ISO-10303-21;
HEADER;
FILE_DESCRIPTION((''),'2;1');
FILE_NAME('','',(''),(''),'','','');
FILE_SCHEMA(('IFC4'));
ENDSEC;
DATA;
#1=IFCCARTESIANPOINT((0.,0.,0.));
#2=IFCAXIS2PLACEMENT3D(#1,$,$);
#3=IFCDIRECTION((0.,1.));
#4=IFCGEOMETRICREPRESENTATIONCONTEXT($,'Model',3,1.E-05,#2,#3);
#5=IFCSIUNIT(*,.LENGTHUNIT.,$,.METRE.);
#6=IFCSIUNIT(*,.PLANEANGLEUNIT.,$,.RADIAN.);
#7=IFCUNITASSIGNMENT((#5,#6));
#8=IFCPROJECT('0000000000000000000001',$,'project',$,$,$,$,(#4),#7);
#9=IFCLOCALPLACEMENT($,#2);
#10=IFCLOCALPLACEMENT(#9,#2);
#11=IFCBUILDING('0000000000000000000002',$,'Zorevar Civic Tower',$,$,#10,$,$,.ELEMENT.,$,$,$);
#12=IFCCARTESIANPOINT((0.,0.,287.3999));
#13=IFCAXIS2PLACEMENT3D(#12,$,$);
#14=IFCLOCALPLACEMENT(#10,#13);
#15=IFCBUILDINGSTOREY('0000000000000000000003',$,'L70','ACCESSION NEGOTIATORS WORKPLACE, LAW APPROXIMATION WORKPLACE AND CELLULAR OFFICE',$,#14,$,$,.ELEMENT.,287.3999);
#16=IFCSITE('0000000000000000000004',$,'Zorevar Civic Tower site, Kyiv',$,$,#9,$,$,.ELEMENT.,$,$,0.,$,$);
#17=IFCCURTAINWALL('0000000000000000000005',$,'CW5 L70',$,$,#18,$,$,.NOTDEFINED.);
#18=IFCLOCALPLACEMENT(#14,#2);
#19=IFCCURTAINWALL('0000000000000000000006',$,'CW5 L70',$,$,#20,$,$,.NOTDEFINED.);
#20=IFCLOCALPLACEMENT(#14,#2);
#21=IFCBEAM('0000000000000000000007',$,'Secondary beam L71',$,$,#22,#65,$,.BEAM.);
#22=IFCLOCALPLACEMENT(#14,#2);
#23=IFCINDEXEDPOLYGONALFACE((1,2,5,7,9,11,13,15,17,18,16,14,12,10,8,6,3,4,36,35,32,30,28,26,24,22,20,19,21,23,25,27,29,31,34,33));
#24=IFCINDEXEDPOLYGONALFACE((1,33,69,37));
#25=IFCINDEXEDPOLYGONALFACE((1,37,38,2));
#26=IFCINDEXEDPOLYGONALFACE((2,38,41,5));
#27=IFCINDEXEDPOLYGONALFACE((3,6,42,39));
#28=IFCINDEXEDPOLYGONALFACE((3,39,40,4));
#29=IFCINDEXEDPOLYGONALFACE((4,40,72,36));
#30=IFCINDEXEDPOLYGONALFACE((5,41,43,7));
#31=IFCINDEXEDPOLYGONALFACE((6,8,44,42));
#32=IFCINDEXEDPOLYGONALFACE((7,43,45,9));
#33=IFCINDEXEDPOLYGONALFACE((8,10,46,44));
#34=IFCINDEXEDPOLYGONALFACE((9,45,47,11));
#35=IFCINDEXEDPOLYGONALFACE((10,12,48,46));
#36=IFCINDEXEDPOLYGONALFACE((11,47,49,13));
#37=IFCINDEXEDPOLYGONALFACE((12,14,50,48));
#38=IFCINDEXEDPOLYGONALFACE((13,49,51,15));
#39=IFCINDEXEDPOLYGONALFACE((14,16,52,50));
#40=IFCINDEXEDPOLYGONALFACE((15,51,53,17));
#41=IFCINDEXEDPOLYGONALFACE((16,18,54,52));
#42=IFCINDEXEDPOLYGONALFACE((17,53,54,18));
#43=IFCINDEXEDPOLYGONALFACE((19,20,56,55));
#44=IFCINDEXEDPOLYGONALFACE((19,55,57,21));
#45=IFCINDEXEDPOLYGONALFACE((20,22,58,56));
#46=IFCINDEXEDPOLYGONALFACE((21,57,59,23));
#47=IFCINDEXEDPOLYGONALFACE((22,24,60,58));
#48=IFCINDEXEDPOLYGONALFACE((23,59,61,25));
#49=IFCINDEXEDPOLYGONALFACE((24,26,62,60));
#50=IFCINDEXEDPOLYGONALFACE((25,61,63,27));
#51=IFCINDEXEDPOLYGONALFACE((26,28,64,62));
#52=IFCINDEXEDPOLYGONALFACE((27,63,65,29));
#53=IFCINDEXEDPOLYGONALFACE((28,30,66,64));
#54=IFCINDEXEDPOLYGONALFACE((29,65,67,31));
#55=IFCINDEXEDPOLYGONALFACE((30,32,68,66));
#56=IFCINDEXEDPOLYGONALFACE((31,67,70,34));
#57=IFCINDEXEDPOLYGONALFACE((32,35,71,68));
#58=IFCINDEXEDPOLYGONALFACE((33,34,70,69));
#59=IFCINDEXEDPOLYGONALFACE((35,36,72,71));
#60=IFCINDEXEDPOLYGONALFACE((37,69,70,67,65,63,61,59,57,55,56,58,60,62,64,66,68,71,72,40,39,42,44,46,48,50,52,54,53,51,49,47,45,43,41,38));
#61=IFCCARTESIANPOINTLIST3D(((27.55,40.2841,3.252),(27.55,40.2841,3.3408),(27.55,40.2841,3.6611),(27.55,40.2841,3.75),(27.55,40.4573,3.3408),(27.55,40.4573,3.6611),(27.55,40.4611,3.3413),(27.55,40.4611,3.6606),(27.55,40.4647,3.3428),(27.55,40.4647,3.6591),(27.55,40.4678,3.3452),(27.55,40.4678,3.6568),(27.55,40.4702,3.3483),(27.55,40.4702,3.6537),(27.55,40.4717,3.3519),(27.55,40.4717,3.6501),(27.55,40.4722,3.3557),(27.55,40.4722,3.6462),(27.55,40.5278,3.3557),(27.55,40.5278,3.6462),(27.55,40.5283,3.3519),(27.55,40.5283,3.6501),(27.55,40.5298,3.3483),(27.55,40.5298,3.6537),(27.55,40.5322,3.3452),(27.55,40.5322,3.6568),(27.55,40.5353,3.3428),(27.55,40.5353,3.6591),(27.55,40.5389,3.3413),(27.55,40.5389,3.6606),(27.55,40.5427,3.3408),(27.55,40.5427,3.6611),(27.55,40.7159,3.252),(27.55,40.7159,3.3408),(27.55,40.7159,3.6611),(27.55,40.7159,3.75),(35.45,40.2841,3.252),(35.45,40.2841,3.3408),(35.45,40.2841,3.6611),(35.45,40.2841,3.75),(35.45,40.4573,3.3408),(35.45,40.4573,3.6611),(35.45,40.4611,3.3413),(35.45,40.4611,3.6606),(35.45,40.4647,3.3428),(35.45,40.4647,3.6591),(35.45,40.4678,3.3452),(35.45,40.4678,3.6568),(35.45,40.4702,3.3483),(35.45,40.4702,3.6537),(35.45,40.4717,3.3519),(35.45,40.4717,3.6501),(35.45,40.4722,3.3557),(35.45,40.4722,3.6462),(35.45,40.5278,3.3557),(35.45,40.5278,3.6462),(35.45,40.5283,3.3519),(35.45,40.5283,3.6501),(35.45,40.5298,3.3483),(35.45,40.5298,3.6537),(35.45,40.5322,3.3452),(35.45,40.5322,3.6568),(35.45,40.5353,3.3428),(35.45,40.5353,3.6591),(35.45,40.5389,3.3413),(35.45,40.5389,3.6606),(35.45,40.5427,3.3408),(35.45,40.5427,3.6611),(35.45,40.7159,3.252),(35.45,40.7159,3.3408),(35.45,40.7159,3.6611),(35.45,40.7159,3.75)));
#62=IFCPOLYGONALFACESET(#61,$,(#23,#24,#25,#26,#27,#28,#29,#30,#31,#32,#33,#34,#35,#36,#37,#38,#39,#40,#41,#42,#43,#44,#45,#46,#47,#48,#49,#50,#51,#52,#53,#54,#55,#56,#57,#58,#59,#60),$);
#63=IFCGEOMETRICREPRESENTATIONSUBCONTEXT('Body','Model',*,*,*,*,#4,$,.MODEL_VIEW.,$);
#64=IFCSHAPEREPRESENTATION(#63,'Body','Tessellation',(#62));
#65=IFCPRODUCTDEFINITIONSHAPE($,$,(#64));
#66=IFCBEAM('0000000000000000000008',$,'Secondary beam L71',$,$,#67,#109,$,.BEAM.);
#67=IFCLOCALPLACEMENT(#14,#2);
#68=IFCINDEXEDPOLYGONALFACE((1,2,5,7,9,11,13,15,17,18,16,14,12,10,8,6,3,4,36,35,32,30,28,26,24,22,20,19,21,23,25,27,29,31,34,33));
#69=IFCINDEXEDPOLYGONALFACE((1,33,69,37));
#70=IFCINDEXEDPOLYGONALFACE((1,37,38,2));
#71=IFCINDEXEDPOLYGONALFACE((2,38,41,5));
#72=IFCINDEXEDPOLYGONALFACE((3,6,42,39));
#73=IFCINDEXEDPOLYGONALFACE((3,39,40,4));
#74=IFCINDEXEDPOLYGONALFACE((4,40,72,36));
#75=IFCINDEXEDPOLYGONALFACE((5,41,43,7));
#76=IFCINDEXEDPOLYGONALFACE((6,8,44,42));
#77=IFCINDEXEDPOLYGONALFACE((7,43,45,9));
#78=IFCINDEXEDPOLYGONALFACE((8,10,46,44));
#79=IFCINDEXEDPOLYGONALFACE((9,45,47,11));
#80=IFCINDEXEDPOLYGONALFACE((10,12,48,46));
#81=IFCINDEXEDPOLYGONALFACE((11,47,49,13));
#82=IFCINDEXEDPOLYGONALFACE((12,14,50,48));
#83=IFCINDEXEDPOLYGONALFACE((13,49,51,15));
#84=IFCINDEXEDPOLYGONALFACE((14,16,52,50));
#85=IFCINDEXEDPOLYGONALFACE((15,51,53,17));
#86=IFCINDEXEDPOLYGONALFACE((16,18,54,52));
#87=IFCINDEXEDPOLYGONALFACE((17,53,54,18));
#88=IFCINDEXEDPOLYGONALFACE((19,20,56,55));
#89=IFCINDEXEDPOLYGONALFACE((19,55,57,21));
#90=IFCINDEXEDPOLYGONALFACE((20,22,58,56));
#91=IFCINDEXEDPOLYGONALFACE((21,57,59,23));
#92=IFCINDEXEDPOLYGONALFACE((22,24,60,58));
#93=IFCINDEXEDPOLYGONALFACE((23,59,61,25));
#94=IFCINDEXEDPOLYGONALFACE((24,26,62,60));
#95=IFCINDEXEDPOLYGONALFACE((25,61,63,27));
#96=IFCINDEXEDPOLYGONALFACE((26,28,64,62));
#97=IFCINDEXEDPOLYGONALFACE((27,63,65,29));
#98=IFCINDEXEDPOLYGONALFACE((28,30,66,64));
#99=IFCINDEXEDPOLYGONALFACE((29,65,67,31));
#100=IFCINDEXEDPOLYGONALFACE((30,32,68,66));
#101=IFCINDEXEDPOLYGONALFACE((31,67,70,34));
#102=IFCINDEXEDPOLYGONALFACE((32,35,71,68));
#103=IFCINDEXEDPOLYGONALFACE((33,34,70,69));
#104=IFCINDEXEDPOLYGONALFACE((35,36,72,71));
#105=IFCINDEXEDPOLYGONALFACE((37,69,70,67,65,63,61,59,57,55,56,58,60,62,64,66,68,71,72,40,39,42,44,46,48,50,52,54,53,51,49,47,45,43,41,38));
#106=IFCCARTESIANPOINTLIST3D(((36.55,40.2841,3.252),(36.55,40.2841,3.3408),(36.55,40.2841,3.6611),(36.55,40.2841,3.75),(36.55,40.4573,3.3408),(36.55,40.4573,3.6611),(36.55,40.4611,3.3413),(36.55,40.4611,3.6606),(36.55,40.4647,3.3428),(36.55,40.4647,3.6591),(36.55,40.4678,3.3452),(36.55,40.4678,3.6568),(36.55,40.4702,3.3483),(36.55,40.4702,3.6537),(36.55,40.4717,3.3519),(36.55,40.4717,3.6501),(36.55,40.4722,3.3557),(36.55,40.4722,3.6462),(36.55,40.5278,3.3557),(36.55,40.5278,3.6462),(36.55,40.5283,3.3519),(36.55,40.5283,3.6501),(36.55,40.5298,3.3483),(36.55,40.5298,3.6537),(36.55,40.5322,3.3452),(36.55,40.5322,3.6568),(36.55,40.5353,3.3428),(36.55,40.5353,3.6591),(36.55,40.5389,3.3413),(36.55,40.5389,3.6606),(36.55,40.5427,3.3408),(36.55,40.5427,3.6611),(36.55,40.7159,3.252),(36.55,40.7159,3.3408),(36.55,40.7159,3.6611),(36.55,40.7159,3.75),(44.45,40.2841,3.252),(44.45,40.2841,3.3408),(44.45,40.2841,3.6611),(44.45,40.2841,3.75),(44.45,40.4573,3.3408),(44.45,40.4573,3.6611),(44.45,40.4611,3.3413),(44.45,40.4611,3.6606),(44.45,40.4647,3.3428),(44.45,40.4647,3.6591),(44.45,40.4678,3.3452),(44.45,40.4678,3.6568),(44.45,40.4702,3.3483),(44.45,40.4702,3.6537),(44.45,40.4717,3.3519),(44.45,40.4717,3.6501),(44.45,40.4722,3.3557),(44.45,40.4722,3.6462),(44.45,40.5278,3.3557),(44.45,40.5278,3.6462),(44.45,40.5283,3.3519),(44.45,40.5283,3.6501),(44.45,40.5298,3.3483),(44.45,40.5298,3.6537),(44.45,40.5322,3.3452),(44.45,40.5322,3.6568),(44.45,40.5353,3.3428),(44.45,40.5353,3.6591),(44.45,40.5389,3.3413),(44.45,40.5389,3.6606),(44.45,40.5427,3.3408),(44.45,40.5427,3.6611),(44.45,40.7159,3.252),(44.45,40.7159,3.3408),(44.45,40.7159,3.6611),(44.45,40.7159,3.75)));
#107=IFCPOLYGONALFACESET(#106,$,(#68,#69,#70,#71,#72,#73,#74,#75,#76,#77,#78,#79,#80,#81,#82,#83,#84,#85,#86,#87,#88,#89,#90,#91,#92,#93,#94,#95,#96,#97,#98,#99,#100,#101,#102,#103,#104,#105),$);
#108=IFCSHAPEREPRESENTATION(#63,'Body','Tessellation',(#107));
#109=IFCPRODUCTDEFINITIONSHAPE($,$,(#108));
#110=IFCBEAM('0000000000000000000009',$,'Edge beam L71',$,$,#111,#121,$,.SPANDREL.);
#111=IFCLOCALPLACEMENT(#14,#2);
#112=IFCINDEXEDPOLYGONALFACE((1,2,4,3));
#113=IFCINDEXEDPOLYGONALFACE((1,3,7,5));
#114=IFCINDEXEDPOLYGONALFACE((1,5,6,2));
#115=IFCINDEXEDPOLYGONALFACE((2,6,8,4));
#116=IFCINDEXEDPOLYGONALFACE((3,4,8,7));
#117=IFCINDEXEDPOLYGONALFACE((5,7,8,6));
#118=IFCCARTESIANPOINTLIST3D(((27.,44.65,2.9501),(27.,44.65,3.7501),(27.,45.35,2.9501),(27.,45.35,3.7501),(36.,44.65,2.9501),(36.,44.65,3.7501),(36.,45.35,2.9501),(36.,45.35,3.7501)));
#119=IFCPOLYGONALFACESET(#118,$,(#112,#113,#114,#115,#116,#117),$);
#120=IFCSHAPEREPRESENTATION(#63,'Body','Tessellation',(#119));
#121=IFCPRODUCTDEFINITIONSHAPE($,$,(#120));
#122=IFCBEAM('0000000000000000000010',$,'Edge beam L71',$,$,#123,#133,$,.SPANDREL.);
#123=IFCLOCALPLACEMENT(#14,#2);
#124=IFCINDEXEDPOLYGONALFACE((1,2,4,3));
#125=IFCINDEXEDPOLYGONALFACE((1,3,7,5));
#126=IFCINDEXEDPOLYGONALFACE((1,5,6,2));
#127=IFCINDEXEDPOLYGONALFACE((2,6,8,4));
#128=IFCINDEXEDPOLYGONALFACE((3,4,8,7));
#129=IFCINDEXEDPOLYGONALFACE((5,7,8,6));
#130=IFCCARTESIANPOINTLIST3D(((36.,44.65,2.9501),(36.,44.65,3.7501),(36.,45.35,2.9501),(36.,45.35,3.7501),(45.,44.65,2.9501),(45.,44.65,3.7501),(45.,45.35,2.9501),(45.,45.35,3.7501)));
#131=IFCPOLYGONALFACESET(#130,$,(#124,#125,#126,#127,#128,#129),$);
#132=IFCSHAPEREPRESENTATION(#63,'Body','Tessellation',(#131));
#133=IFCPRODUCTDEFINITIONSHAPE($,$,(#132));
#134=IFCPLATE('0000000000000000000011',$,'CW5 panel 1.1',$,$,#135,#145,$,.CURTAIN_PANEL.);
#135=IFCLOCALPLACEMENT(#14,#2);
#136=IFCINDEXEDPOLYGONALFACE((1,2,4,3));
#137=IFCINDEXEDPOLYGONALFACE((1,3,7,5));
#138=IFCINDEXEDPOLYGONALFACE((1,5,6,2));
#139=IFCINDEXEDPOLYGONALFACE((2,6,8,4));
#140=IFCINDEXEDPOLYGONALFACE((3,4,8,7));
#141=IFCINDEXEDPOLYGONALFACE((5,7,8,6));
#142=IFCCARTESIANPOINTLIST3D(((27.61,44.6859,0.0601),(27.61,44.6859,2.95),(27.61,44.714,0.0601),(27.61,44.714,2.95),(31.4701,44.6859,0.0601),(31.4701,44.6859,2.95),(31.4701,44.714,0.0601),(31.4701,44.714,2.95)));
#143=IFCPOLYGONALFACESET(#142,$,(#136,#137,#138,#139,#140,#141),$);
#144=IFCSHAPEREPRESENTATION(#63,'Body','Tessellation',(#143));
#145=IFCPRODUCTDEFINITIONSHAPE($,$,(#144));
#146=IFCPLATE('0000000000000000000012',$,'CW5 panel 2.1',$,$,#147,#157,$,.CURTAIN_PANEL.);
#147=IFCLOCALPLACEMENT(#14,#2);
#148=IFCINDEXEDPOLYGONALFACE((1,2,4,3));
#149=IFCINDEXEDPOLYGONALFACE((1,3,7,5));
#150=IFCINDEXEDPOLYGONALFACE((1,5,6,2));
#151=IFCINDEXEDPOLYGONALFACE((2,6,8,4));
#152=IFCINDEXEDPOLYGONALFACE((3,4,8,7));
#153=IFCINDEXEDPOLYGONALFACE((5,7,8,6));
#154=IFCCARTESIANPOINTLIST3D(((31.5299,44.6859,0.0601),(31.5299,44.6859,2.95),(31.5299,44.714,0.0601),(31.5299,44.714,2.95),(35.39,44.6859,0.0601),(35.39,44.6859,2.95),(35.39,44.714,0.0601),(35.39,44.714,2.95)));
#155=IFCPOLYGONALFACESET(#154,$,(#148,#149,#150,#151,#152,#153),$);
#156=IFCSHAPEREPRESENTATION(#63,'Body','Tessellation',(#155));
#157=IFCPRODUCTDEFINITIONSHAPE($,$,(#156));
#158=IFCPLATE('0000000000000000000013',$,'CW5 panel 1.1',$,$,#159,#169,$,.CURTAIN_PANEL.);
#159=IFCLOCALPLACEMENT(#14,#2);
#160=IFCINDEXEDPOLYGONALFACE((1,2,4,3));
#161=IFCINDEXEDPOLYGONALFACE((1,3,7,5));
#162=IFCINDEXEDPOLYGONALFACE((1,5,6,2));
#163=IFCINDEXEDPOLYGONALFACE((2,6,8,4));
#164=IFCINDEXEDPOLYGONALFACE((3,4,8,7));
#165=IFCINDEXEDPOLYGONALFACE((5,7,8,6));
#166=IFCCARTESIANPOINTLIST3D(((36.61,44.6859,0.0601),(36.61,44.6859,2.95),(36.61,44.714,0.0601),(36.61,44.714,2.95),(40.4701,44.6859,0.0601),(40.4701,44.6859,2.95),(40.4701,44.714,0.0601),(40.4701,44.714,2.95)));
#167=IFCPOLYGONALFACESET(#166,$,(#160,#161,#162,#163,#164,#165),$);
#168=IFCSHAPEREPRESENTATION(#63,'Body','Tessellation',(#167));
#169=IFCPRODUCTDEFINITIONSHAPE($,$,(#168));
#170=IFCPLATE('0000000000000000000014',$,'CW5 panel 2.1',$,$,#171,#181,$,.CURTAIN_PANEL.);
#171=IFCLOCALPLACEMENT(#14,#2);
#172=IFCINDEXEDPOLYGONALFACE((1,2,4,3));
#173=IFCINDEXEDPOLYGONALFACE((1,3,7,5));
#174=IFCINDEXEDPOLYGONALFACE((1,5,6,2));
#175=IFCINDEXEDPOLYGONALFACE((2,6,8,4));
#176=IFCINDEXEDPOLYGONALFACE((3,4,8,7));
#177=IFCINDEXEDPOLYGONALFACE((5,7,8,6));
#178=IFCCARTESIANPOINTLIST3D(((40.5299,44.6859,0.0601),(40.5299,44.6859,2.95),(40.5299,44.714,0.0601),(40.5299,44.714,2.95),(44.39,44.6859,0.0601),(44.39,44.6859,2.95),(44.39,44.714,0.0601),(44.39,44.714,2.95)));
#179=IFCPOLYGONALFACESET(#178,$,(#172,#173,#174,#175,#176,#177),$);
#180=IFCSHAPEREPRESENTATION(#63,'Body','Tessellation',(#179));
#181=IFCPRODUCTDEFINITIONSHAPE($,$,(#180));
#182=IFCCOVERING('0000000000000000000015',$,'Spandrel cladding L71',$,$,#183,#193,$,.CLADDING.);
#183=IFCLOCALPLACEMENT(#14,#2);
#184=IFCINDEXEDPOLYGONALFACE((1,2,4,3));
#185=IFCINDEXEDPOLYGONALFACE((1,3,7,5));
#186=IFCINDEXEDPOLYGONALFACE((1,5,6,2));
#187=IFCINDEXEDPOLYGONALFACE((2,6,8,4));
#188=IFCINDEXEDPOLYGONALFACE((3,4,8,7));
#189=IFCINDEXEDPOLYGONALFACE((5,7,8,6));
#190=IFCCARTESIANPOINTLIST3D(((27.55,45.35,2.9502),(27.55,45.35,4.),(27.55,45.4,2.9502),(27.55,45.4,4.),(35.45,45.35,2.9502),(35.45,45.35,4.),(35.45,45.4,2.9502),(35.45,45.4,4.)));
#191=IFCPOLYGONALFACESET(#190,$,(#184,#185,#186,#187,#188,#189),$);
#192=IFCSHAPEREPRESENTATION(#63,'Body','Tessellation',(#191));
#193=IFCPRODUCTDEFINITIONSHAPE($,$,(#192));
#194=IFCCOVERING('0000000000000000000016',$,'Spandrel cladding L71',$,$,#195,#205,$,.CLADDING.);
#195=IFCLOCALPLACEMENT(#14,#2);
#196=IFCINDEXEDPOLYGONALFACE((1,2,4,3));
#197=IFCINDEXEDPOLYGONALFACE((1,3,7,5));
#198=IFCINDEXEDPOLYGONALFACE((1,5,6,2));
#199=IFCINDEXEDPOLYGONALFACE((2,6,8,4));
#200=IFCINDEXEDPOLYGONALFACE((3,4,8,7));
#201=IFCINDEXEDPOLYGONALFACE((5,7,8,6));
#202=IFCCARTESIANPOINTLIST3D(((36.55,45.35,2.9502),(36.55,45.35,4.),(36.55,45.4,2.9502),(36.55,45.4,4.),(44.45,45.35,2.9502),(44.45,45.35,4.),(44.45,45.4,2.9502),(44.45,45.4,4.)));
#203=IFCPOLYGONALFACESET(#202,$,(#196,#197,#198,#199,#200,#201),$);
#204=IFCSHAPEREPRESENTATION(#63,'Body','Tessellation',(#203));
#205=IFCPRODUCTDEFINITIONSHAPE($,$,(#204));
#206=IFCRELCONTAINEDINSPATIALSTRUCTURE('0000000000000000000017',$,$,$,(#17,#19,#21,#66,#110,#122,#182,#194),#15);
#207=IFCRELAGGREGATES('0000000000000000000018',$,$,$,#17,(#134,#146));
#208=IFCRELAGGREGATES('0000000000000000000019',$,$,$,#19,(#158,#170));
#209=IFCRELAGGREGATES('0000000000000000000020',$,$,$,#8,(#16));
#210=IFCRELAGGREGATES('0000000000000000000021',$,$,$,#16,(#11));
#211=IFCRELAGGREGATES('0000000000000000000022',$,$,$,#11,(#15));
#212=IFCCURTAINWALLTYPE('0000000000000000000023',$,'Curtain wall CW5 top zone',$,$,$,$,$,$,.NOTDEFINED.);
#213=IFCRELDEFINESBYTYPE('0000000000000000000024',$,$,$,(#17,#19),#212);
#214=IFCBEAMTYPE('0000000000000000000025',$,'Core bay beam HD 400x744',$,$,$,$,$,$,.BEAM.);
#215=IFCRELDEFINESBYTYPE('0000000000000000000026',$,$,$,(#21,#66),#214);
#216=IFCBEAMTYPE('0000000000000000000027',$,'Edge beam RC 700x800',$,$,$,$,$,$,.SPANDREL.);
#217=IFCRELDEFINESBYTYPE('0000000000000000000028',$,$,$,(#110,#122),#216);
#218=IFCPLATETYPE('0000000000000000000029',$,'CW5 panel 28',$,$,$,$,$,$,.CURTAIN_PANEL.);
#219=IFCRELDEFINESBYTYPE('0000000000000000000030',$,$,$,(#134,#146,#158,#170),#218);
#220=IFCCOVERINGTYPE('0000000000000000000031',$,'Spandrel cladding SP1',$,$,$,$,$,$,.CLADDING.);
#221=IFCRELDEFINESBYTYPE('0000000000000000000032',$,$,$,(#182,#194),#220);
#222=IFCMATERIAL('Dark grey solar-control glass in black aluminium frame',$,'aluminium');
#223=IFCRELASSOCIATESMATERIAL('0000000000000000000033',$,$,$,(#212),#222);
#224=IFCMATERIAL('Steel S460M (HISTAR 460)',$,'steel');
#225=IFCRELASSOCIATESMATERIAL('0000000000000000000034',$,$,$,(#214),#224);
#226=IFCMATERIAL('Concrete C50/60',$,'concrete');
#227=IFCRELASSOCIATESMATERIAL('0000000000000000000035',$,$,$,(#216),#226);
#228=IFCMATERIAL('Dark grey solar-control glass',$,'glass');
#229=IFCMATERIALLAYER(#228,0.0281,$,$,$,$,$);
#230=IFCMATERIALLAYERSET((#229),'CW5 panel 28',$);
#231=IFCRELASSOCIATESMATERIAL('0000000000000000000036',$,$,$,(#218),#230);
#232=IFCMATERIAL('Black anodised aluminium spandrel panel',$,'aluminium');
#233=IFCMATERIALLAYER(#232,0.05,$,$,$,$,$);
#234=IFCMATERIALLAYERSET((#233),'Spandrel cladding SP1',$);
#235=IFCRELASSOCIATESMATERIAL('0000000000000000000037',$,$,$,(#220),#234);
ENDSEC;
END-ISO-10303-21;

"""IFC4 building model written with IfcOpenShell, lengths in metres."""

from ifc_helpers import new_model, si_unit, direction, frame, frame_2d, origin, origin_2d, place, context, subcontext, project, spatial, rectangle, i_section, extrude, material, layer, layer_set, material_profile, profile_set, type_object, element, aggregate, save


model = new_model("IFC4")

# Units and contexts
model_context = context("Model", 3, precision=1e-05, world=origin(), true_north=direction((0.0, 1.0)))
body_context = subcontext(model_context, "Body", "Model", "MODEL_VIEW")
ifc_project = project(units=[si_unit("LENGTHUNIT", "METRE"), si_unit("PLANEANGLEUNIT", "RADIAN")], contexts=[model_context])

# Site, building, storey
site_placement = place(None, origin())
site = spatial("IfcSite", under=ifc_project, at=site_placement, Name="Zorevar Civic Tower site, Kyiv", CompositionType="ELEMENT", RefElevation=0.0)
building_placement = place(site_placement, origin())
building = spatial("IfcBuilding", under=site, at=building_placement, Name="Zorevar Civic Tower", CompositionType="ELEMENT")
storey_placement = place(building_placement, frame((0.0, 0.0, 287.3999)))
storey = spatial("IfcBuildingStorey", under=building, at=storey_placement, Name="L70", Description="ACCESSION NEGOTIATORS WORKPLACE, LAW APPROXIMATION WORKPLACE AND CELLULAR OFFICE", CompositionType="ELEMENT", Elevation=287.3999)

# Curtain walls
ifc_material_1 = material(Name="Dark grey solar-control glass in black aluminium frame", Category="aluminium")
curtain_wall_type = type_object("IfcCurtainWallType", Name="Curtain wall CW5 top zone", PredefinedType="NOTDEFINED", material=ifc_material_1)
curtain_wall_1_placement = place(storey_placement, origin())
curtain_wall_1 = element("IfcCurtainWall", 1, at=curtain_wall_1_placement, inside=storey, type_object=curtain_wall_type, Name="CW5 L70", PredefinedType="NOTDEFINED")
curtain_wall_2_placement = place(storey_placement, origin())
curtain_wall_2 = element("IfcCurtainWall", 2, at=curtain_wall_2_placement, inside=storey, type_object=curtain_wall_type, Name="CW5 L70", PredefinedType="NOTDEFINED")

# Beams
ifc_material_2 = material(Name="Steel S460M (HISTAR 460)", Category="steel")
ifc_material_profile_1 = material_profile(ifc_material_2, i_section(OverallWidth=0.4319, OverallDepth=0.498, WebThickness=0.0557, FlangeThickness=0.0889, FilletRadius=0.0149, at=origin_2d()), Name="HD 400x744")
ifc_profile_set_1 = profile_set([ifc_material_profile_1], Name="Steel S460M (HISTAR 460)")
beam_type_1 = type_object("IfcBeamType", Name="Core bay beam HD 400x744", PredefinedType="BEAM", material=ifc_profile_set_1)
for number, where, z_axis, x_axis, name in (
    (3, (27.55, 40.5, 3.501), (1.0, 0.0, 0.0), (0.0, 1.0, 0.0), "Secondary beam L71"),
    (4, (36.55, 40.5, 3.501), (1.0, 0.0, 0.0), (0.0, 1.0, 0.0), "Secondary beam L71"),
):
    element("IfcBeam", number, at=place(storey_placement, frame(where, z_axis=z_axis, x_axis=x_axis)), inside=storey, type_object=beam_type_1, Name=name, PredefinedType="BEAM", context=body_context, shape_type="SweptSolid", body=[
        extrude(i_section(OverallWidth=0.4319, OverallDepth=0.498, WebThickness=0.0557, FlangeThickness=0.0889, FilletRadius=0.0149, at=origin_2d()), origin(), (0.0, 0.0, 1.0), 7.8999),
    ])
ifc_material_3 = material(Name="Concrete C50/60", Category="concrete")
ifc_material_profile_2 = material_profile(ifc_material_3, rectangle(XDim=0.7, YDim=0.8, at=origin_2d()), Name="RC 700x800")
ifc_profile_set_2 = profile_set([ifc_material_profile_2], Name="Concrete C50/60")
beam_type_2 = type_object("IfcBeamType", Name="Edge beam RC 700x800", PredefinedType="SPANDREL", material=ifc_profile_set_2)
for number, where, z_axis, x_axis, name in (
    (5, (27.0, 45.0, 3.3501), (1.0, 0.0, 0.0), (0.0, 1.0, 0.0), "Edge beam L71"),
    (6, (36.0, 45.0, 3.3501), (1.0, 0.0, 0.0), (0.0, 1.0, 0.0), "Edge beam L71"),
):
    element("IfcBeam", number, at=place(storey_placement, frame(where, z_axis=z_axis, x_axis=x_axis)), inside=storey, type_object=beam_type_2, Name=name, PredefinedType="SPANDREL", context=body_context, shape_type="SweptSolid", body=[
        extrude(rectangle(XDim=0.7, YDim=0.8, at=origin_2d()), origin(), (0.0, 0.0, 1.0), 9.0),
    ])

# Plates
ifc_material_4 = material(Name="Dark grey solar-control glass", Category="glass")
ifc_layer_1 = layer(ifc_material_4, 0.0281)
ifc_layer_set_1 = layer_set([ifc_layer_1], Name="CW5 panel 28")
plate_type = type_object("IfcPlateType", Name="CW5 panel 28", PredefinedType="CURTAIN_PANEL", material=ifc_layer_set_1)
plate_1_placement = place(storey_placement, frame((29.54, 44.7, 0.0601), z_axis=(0.0, 0.0, 1.0), x_axis=(1.0, 0.0, 0.0)))
plate_1 = element("IfcPlate", 7, at=plate_1_placement, type_object=plate_type, Name="CW5 panel 1.1", PredefinedType="CURTAIN_PANEL", context=body_context, shape_type="SweptSolid", body=[
    extrude(rectangle(XDim=3.8601, YDim=0.0281, at=origin_2d()), origin(), (0.0, 0.0, 1.0), 2.8899),
])
plate_2_placement = place(storey_placement, frame((33.46, 44.7, 0.0601), z_axis=(0.0, 0.0, 1.0), x_axis=(1.0, 0.0, 0.0)))
plate_2 = element("IfcPlate", 8, at=plate_2_placement, type_object=plate_type, Name="CW5 panel 2.1", PredefinedType="CURTAIN_PANEL", context=body_context, shape_type="SweptSolid", body=[
    extrude(rectangle(XDim=3.8601, YDim=0.0281, at=origin_2d()), origin(), (0.0, 0.0, 1.0), 2.8899),
])
aggregate(curtain_wall_1, [plate_1, plate_2])
plate_3_placement = place(storey_placement, frame((38.54, 44.7, 0.0601), z_axis=(0.0, 0.0, 1.0), x_axis=(1.0, 0.0, 0.0)))
plate_3 = element("IfcPlate", 9, at=plate_3_placement, type_object=plate_type, Name="CW5 panel 1.1", PredefinedType="CURTAIN_PANEL", context=body_context, shape_type="SweptSolid", body=[
    extrude(rectangle(XDim=3.8601, YDim=0.0281, at=origin_2d()), origin(), (0.0, 0.0, 1.0), 2.8899),
])
plate_4_placement = place(storey_placement, frame((42.46, 44.7, 0.0601), z_axis=(0.0, 0.0, 1.0), x_axis=(1.0, 0.0, 0.0)))
plate_4 = element("IfcPlate", 10, at=plate_4_placement, type_object=plate_type, Name="CW5 panel 2.1", PredefinedType="CURTAIN_PANEL", context=body_context, shape_type="SweptSolid", body=[
    extrude(rectangle(XDim=3.8601, YDim=0.0281, at=origin_2d()), origin(), (0.0, 0.0, 1.0), 2.8899),
])
aggregate(curtain_wall_2, [plate_3, plate_4])

# Coverings
ifc_material_5 = material(Name="Black anodised aluminium spandrel panel", Category="aluminium")
ifc_layer_2 = layer(ifc_material_5, 0.05)
ifc_layer_set_2 = layer_set([ifc_layer_2], Name="Spandrel cladding SP1")
covering_type = type_object("IfcCoveringType", Name="Spandrel cladding SP1", PredefinedType="CLADDING", material=ifc_layer_set_2)
for number, where, z_axis, x_axis, name in (
    (11, (27.55, 45.375, 2.9502), (0.0, 0.0, 1.0), (1.0, 0.0, 0.0), "Spandrel cladding L71"),
    (12, (36.55, 45.375, 2.9502), (0.0, 0.0, 1.0), (1.0, 0.0, 0.0), "Spandrel cladding L71"),
):
    element("IfcCovering", number, at=place(storey_placement, frame(where, z_axis=z_axis, x_axis=x_axis)), inside=storey, type_object=covering_type, Name=name, PredefinedType="CLADDING", context=body_context, shape_type="SweptSolid", body=[
        extrude(rectangle(XDim=7.8999, YDim=0.05, at=frame_2d((3.95, 0.0))), origin(), (0.0, 0.0, 1.0), 1.0498),
    ])

save(model, "model.ifc")
